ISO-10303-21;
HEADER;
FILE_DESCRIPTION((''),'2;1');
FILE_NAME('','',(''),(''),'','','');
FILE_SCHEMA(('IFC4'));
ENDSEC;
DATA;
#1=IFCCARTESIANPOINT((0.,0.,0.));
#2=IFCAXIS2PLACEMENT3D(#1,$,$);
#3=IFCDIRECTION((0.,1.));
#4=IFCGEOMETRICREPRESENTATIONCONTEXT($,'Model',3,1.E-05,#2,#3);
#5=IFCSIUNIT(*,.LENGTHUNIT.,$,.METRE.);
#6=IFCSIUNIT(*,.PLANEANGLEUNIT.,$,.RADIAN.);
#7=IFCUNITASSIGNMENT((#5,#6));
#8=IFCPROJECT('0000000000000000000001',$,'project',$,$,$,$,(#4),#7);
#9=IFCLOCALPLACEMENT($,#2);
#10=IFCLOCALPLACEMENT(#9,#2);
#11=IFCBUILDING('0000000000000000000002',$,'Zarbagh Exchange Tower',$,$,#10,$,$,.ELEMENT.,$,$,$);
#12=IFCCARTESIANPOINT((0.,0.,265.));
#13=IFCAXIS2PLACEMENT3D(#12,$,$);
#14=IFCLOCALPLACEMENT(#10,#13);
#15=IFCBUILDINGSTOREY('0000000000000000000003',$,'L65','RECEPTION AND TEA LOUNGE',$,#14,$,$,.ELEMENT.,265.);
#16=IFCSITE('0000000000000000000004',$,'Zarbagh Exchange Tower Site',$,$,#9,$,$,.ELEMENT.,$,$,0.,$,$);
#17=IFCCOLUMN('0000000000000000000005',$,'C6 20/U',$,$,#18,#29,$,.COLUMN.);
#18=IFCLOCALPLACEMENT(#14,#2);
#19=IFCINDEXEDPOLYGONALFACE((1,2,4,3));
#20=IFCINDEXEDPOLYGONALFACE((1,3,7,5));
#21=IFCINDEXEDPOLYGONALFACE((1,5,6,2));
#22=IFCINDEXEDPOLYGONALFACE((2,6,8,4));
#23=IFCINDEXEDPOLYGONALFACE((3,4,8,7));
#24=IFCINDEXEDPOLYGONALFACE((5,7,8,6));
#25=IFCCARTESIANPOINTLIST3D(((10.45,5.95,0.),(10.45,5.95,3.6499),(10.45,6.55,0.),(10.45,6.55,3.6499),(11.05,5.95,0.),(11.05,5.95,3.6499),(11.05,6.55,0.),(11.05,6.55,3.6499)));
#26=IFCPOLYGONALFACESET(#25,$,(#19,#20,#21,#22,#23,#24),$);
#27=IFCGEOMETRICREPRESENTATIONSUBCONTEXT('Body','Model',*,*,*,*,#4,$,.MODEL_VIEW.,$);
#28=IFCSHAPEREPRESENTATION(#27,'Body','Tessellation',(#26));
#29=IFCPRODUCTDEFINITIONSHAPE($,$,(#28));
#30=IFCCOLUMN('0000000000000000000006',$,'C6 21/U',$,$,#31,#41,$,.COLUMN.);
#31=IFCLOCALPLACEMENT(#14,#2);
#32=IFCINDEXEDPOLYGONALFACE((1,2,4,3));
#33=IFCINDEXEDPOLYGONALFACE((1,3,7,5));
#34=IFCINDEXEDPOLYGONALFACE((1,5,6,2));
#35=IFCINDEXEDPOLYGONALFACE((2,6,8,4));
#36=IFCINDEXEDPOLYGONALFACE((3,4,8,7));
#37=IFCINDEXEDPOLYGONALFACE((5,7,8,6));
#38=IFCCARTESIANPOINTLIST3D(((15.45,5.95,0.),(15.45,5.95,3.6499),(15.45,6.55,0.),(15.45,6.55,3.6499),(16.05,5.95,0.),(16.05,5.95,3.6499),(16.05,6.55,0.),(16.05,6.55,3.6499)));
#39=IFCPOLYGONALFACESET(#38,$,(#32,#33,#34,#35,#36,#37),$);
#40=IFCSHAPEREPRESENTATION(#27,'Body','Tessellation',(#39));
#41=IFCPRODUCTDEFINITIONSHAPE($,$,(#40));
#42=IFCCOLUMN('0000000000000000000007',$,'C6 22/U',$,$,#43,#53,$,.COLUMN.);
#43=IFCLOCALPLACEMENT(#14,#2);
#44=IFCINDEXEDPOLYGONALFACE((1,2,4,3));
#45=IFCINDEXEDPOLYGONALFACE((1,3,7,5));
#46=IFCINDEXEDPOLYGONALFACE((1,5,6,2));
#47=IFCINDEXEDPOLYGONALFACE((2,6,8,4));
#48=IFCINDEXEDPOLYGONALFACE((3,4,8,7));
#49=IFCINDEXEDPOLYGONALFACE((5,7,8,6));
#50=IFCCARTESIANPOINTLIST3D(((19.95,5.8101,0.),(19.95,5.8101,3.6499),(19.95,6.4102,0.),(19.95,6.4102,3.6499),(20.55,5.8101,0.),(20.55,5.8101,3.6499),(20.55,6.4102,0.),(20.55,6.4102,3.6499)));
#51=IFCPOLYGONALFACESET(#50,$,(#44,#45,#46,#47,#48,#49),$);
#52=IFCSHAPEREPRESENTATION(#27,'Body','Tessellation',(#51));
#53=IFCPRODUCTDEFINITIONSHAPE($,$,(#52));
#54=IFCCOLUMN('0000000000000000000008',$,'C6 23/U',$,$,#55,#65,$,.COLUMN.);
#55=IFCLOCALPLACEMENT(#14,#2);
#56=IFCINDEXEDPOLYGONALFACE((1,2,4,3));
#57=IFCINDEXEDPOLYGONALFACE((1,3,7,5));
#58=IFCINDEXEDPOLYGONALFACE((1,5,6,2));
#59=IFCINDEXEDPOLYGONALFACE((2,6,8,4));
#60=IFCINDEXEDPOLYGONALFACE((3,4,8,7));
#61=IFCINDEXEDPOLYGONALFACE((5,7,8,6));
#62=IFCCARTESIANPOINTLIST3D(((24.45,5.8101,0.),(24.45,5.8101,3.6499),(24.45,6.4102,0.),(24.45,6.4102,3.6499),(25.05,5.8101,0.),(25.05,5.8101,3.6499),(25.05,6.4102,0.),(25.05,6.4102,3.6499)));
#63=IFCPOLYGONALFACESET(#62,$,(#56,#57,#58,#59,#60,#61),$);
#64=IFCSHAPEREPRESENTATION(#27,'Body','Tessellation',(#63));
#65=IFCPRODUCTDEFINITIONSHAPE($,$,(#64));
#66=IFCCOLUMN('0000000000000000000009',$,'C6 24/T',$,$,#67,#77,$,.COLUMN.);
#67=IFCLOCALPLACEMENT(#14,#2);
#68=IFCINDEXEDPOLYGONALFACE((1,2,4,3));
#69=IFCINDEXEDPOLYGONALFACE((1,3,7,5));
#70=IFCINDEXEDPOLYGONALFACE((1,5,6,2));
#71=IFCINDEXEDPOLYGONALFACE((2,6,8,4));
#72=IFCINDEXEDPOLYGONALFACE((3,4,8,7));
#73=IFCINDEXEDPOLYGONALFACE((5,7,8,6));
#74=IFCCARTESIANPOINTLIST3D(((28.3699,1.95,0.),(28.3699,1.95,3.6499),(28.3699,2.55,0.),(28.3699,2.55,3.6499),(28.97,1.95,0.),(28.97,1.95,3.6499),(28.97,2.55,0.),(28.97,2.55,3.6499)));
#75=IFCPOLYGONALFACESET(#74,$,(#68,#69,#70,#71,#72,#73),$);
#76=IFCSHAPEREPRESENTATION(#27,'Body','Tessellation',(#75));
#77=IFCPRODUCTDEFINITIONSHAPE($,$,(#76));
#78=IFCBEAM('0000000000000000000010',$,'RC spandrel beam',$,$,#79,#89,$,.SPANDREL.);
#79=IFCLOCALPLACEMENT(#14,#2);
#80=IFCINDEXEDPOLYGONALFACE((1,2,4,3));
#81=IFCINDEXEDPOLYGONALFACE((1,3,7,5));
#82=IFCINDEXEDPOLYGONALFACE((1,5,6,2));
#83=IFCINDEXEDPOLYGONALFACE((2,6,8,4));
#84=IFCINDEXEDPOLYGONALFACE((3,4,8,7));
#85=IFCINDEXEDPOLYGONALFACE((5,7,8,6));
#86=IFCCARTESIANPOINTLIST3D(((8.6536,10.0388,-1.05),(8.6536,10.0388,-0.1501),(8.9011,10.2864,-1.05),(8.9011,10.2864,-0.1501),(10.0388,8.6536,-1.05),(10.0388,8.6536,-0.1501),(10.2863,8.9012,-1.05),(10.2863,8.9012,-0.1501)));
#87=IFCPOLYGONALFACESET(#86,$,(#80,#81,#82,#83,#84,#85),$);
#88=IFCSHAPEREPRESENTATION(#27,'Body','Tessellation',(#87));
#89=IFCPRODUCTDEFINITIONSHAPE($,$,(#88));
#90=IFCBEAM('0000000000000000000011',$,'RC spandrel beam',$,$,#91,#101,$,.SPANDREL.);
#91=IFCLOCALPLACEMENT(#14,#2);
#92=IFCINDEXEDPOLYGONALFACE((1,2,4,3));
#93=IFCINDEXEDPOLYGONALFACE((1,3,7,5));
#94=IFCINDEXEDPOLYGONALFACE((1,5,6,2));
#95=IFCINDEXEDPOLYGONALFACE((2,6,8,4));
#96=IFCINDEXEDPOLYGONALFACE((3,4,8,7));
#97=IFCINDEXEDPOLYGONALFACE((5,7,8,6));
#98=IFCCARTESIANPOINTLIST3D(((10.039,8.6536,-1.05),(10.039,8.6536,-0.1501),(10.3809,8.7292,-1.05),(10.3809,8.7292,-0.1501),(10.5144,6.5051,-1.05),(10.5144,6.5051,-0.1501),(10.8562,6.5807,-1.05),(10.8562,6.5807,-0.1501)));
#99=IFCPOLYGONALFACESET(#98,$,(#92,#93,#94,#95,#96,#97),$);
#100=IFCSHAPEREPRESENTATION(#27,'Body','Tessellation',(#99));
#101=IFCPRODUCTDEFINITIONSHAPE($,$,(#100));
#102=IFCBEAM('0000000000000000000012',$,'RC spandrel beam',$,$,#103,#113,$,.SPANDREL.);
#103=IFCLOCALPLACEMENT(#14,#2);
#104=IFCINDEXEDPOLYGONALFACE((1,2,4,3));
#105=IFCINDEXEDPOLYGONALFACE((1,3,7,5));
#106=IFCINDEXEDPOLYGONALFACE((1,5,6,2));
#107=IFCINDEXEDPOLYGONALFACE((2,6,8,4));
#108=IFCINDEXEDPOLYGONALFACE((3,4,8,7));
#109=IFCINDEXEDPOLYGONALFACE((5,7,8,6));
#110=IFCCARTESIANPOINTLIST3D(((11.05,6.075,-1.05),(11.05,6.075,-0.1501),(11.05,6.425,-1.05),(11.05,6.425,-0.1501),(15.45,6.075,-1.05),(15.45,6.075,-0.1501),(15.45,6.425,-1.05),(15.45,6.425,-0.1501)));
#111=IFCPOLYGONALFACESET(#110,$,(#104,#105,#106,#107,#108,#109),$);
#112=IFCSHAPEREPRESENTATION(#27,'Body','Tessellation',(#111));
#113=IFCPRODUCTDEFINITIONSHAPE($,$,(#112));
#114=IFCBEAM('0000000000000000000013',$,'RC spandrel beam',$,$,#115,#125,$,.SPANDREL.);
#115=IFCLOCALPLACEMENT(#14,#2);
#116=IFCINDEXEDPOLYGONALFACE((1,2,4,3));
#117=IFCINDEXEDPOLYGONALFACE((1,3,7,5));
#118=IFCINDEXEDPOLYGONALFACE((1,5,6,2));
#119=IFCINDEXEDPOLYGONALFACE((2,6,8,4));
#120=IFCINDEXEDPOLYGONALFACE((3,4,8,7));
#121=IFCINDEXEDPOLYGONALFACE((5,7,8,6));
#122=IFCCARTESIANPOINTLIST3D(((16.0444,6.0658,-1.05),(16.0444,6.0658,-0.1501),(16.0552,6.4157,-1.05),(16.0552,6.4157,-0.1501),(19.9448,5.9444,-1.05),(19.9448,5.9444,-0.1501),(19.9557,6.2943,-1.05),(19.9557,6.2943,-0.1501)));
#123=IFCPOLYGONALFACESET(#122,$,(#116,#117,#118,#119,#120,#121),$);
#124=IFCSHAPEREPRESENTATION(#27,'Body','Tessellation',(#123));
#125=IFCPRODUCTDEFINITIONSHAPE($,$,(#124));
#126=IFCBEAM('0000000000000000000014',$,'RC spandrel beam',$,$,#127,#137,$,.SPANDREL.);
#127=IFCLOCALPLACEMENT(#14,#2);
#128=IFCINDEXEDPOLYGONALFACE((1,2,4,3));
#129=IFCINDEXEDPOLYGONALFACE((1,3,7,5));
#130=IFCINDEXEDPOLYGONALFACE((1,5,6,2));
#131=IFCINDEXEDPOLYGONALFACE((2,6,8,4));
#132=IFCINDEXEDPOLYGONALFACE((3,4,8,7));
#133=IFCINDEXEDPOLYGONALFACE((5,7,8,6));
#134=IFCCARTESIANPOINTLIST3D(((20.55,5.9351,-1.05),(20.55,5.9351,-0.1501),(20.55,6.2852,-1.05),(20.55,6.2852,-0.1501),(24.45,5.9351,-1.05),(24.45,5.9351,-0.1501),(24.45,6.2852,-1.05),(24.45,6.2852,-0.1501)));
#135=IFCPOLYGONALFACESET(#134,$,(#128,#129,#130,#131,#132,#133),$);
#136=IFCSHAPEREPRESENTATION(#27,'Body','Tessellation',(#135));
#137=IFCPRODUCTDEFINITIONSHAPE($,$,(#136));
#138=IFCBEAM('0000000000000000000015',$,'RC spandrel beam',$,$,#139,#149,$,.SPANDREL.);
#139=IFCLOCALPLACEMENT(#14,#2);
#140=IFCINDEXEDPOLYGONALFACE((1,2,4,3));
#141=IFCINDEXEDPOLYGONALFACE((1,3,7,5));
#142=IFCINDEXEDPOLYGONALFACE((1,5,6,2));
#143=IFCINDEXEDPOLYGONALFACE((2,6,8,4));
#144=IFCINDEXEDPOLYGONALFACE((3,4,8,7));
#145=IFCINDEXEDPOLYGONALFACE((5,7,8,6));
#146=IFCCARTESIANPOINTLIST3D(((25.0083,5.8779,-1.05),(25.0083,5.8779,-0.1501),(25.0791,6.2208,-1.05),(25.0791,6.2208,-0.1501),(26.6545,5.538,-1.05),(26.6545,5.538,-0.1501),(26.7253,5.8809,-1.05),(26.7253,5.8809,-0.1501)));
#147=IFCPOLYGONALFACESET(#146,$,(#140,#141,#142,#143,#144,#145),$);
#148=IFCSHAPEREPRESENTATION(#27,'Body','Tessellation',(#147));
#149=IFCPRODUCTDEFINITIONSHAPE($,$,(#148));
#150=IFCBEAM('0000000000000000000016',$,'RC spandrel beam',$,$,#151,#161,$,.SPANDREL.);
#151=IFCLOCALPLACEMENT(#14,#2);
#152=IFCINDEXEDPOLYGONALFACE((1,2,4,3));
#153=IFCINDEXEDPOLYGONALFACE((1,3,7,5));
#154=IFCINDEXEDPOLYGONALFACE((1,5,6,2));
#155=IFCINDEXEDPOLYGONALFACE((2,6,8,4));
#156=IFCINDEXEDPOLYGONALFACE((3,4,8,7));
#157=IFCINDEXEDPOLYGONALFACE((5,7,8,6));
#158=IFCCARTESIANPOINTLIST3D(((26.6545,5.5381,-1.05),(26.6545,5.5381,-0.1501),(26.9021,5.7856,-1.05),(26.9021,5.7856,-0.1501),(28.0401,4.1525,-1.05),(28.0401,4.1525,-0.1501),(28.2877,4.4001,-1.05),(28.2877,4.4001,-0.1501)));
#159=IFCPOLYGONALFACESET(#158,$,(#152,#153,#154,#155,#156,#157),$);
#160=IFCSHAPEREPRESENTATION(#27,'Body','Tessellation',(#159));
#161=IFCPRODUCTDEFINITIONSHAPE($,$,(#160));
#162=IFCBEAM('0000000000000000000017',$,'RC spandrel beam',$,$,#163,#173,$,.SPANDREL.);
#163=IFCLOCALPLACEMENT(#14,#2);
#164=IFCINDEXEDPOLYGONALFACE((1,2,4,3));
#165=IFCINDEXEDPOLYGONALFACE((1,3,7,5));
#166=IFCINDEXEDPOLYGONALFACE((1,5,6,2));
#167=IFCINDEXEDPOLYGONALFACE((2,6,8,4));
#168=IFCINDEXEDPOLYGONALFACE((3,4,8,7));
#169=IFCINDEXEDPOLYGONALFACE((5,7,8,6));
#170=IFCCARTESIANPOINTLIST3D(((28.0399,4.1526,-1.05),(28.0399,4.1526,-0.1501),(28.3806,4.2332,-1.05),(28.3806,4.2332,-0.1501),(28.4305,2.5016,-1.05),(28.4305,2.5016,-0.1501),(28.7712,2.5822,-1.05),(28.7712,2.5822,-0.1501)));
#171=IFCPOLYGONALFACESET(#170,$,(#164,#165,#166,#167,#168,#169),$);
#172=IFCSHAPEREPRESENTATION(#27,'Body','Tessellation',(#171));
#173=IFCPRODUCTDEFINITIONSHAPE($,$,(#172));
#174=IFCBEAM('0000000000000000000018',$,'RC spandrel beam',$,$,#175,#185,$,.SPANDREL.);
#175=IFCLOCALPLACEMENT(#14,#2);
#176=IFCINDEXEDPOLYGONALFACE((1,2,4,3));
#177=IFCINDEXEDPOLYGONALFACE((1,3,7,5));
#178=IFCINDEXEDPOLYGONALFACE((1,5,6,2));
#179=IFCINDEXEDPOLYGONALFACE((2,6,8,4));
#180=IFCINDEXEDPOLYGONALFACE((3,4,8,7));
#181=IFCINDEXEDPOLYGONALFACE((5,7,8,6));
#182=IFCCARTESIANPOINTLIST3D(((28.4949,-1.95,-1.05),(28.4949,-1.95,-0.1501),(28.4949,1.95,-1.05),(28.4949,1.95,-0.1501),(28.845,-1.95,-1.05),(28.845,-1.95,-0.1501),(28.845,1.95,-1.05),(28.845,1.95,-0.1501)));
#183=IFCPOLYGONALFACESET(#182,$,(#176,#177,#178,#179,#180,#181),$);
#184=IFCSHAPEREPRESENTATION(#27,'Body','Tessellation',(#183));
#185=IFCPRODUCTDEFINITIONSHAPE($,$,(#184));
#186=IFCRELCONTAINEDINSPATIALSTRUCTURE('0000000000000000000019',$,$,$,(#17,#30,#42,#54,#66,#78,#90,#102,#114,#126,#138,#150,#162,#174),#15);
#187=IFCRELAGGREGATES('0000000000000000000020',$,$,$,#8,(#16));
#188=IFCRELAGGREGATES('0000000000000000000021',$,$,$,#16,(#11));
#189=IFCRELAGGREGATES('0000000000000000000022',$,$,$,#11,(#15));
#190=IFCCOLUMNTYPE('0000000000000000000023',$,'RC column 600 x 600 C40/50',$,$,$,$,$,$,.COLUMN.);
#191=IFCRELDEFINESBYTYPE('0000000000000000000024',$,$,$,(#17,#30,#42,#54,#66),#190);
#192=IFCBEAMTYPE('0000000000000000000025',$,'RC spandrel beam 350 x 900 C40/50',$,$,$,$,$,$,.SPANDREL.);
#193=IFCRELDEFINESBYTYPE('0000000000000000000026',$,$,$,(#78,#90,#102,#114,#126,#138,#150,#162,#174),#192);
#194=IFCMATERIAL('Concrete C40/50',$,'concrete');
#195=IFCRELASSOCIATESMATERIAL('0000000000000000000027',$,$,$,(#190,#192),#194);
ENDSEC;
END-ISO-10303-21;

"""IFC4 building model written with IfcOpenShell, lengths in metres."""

from ifc_helpers import new_model, si_unit, direction, frame, origin, origin_2d, place, context, subcontext, project, spatial, rectangle, extrude, material, material_profile, profile_set, type_object, element, save


model = new_model("IFC4")

# Units and contexts
model_context = context("Model", 3, precision=1e-05, world=origin(), true_north=direction((0.0, 1.0)))
body_context = subcontext(model_context, "Body", "Model", "MODEL_VIEW")
ifc_project = project(units=[si_unit("LENGTHUNIT", "METRE"), si_unit("PLANEANGLEUNIT", "RADIAN")], contexts=[model_context])

# Site, building, storey
site_placement = place(None, origin())
site = spatial("IfcSite", under=ifc_project, at=site_placement, Name="Zarbagh Exchange Tower Site", CompositionType="ELEMENT", RefElevation=0.0)
building_placement = place(site_placement, origin())
building = spatial("IfcBuilding", under=site, at=building_placement, Name="Zarbagh Exchange Tower", CompositionType="ELEMENT")
storey_placement = place(building_placement, frame((0.0, 0.0, 265.0)))
storey = spatial("IfcBuildingStorey", under=building, at=storey_placement, Name="L65", Description="RECEPTION AND TEA LOUNGE", CompositionType="ELEMENT", Elevation=265.0)

# Columns
ifc_material_1 = material(Name="Concrete C40/50", Category="concrete")
ifc_material_profile_1 = material_profile(ifc_material_1, rectangle(XDim=0.6001, YDim=0.6001, at=origin_2d()), Name="RC column 600 x 600 C40/50")
ifc_profile_set_1 = profile_set([ifc_material_profile_1], Name="Concrete C40/50")
column_type = type_object("IfcColumnType", Name="RC column 600 x 600 C40/50", PredefinedType="COLUMN", material=ifc_profile_set_1)
for number, where, z_axis, x_axis, name in (
    (1, (10.75, 6.25, 0.0), (0.0, 0.0, 1.0), (1.0, 0.0, 0.0), "C6 20/U"),
    (2, (15.75, 6.25, 0.0), (0.0, 0.0, 1.0), (1.0, 0.0, 0.0), "C6 21/U"),
    (3, (20.25, 6.1101, 0.0), (0.0, 0.0, 1.0), (1.0, 0.0, 0.0), "C6 22/U"),
    (4, (24.75, 6.1101, 0.0), (0.0, 0.0, 1.0), (1.0, 0.0, 0.0), "C6 23/U"),
    (5, (28.6699, 2.25, 0.0), (0.0, 0.0, 1.0), (1.0, 0.0, 0.0), "C6 24/T"),
):
    element("IfcColumn", number, at=place(storey_placement, frame(where, z_axis=z_axis, x_axis=x_axis)), inside=storey, type_object=column_type, Name=name, PredefinedType="COLUMN", context=body_context, shape_type="SweptSolid", body=[
        extrude(rectangle(XDim=0.6001, YDim=0.6001, at=origin_2d()), origin(), (0.0, 0.0, 1.0), 3.6499),
    ])

# Beams
ifc_material_profile_2 = material_profile(ifc_material_1, rectangle(XDim=0.3501, YDim=0.8999, at=origin_2d()), Name="RC spandrel beam 350 x 900 C40/50")
ifc_profile_set_2 = profile_set([ifc_material_profile_2], Name="Concrete C40/50")
beam_type = type_object("IfcBeamType", Name="RC spandrel beam 350 x 900 C40/50", PredefinedType="SPANDREL", material=ifc_profile_set_2)
beam_1_placement = place(storey_placement, frame((8.7773, 10.1626, -0.6001), z_axis=(0.707107, -0.707107, 0.0), x_axis=(0.707107, 0.707107, 0.0)))
element("IfcBeam", 6, at=beam_1_placement, inside=storey, type_object=beam_type, Name="RC spandrel beam", PredefinedType="SPANDREL", context=body_context, shape_type="SweptSolid", body=[
    extrude(rectangle(XDim=0.3501, YDim=0.8999, at=origin_2d()), origin(), (0.0, 0.0, 1.0), 1.959),
])
beam_2_placement = place(storey_placement, frame((10.21, 8.6914, -0.6001), z_axis=(0.216026, -0.976388, 0.0), x_axis=(0.976388, 0.216026, 0.0)))
element("IfcBeam", 7, at=beam_2_placement, inside=storey, type_object=beam_type, Name="RC spandrel beam", PredefinedType="SPANDREL", context=body_context, shape_type="SweptSolid", body=[
    extrude(rectangle(XDim=0.3501, YDim=0.8999, at=origin_2d()), origin(), (0.0, 0.0, 1.0), 2.2004),
])
beam_3_placement = place(storey_placement, frame((11.05, 6.25, -0.6001), z_axis=(1.0, 0.0, 0.0), x_axis=(0.0, 1.0, 0.0)))
element("IfcBeam", 8, at=beam_3_placement, inside=storey, type_object=beam_type, Name="RC spandrel beam", PredefinedType="SPANDREL", context=body_context, shape_type="SweptSolid", body=[
    extrude(rectangle(XDim=0.3501, YDim=0.8999, at=origin_2d()), origin(), (0.0, 0.0, 1.0), 4.3999),
])
beam_4_placement = place(storey_placement, frame((16.0498, 6.2407, -0.6001), z_axis=(0.999516, -0.031094, 0.0), x_axis=(0.031094, 0.999516, 0.0)))
element("IfcBeam", 9, at=beam_4_placement, inside=storey, type_object=beam_type, Name="RC spandrel beam", PredefinedType="SPANDREL", context=body_context, shape_type="SweptSolid", body=[
    extrude(rectangle(XDim=0.3501, YDim=0.8999, at=origin_2d()), origin(), (0.0, 0.0, 1.0), 3.9023),
])
beam_5_placement = place(storey_placement, frame((20.55, 6.1101, -0.6001), z_axis=(1.0, 0.0, 0.0), x_axis=(0.0, 1.0, 0.0)))
element("IfcBeam", 10, at=beam_5_placement, inside=storey, type_object=beam_type, Name="RC spandrel beam", PredefinedType="SPANDREL", context=body_context, shape_type="SweptSolid", body=[
    extrude(rectangle(XDim=0.3501, YDim=0.8999, at=origin_2d()), origin(), (0.0, 0.0, 1.0), 3.8999),
])
beam_6_placement = place(storey_placement, frame((25.0437, 6.0493, -0.6001), z_axis=(0.97935, -0.202173, 0.0), x_axis=(0.202173, 0.97935, 0.0)))
element("IfcBeam", 11, at=beam_6_placement, inside=storey, type_object=beam_type, Name="RC spandrel beam", PredefinedType="SPANDREL", context=body_context, shape_type="SweptSolid", body=[
    extrude(rectangle(XDim=0.3501, YDim=0.8999, at=origin_2d()), origin(), (0.0, 0.0, 1.0), 1.6809),
])
beam_7_placement = place(storey_placement, frame((26.7783, 5.6619, -0.6001), z_axis=(0.707107, -0.707107, 0.0), x_axis=(0.707107, 0.707107, 0.0)))
element("IfcBeam", 12, at=beam_7_placement, inside=storey, type_object=beam_type, Name="RC spandrel beam", PredefinedType="SPANDREL", context=body_context, shape_type="SweptSolid", body=[
    extrude(rectangle(XDim=0.3501, YDim=0.8999, at=origin_2d()), origin(), (0.0, 0.0, 1.0), 1.9595),
])
beam_8_placement = place(storey_placement, frame((28.2102, 4.1929, -0.6001), z_axis=(0.230258, -0.97313, 0.0), x_axis=(0.97313, 0.230258, 0.0)))
element("IfcBeam", 13, at=beam_8_placement, inside=storey, type_object=beam_type, Name="RC spandrel beam", PredefinedType="SPANDREL", context=body_context, shape_type="SweptSolid", body=[
    extrude(rectangle(XDim=0.3501, YDim=0.8999, at=origin_2d()), origin(), (0.0, 0.0, 1.0), 1.6965),
])
beam_9_placement = place(storey_placement, frame((28.6699, 1.95, -0.6001), z_axis=(0.0, -1.0, 0.0), x_axis=(1.0, 0.0, 0.0)))
element("IfcBeam", 14, at=beam_9_placement, inside=storey, type_object=beam_type, Name="RC spandrel beam", PredefinedType="SPANDREL", context=body_context, shape_type="SweptSolid", body=[
    extrude(rectangle(XDim=0.3501, YDim=0.8999, at=origin_2d()), origin(), (0.0, 0.0, 1.0), 3.8999),
])

save(model, "model.ifc")
